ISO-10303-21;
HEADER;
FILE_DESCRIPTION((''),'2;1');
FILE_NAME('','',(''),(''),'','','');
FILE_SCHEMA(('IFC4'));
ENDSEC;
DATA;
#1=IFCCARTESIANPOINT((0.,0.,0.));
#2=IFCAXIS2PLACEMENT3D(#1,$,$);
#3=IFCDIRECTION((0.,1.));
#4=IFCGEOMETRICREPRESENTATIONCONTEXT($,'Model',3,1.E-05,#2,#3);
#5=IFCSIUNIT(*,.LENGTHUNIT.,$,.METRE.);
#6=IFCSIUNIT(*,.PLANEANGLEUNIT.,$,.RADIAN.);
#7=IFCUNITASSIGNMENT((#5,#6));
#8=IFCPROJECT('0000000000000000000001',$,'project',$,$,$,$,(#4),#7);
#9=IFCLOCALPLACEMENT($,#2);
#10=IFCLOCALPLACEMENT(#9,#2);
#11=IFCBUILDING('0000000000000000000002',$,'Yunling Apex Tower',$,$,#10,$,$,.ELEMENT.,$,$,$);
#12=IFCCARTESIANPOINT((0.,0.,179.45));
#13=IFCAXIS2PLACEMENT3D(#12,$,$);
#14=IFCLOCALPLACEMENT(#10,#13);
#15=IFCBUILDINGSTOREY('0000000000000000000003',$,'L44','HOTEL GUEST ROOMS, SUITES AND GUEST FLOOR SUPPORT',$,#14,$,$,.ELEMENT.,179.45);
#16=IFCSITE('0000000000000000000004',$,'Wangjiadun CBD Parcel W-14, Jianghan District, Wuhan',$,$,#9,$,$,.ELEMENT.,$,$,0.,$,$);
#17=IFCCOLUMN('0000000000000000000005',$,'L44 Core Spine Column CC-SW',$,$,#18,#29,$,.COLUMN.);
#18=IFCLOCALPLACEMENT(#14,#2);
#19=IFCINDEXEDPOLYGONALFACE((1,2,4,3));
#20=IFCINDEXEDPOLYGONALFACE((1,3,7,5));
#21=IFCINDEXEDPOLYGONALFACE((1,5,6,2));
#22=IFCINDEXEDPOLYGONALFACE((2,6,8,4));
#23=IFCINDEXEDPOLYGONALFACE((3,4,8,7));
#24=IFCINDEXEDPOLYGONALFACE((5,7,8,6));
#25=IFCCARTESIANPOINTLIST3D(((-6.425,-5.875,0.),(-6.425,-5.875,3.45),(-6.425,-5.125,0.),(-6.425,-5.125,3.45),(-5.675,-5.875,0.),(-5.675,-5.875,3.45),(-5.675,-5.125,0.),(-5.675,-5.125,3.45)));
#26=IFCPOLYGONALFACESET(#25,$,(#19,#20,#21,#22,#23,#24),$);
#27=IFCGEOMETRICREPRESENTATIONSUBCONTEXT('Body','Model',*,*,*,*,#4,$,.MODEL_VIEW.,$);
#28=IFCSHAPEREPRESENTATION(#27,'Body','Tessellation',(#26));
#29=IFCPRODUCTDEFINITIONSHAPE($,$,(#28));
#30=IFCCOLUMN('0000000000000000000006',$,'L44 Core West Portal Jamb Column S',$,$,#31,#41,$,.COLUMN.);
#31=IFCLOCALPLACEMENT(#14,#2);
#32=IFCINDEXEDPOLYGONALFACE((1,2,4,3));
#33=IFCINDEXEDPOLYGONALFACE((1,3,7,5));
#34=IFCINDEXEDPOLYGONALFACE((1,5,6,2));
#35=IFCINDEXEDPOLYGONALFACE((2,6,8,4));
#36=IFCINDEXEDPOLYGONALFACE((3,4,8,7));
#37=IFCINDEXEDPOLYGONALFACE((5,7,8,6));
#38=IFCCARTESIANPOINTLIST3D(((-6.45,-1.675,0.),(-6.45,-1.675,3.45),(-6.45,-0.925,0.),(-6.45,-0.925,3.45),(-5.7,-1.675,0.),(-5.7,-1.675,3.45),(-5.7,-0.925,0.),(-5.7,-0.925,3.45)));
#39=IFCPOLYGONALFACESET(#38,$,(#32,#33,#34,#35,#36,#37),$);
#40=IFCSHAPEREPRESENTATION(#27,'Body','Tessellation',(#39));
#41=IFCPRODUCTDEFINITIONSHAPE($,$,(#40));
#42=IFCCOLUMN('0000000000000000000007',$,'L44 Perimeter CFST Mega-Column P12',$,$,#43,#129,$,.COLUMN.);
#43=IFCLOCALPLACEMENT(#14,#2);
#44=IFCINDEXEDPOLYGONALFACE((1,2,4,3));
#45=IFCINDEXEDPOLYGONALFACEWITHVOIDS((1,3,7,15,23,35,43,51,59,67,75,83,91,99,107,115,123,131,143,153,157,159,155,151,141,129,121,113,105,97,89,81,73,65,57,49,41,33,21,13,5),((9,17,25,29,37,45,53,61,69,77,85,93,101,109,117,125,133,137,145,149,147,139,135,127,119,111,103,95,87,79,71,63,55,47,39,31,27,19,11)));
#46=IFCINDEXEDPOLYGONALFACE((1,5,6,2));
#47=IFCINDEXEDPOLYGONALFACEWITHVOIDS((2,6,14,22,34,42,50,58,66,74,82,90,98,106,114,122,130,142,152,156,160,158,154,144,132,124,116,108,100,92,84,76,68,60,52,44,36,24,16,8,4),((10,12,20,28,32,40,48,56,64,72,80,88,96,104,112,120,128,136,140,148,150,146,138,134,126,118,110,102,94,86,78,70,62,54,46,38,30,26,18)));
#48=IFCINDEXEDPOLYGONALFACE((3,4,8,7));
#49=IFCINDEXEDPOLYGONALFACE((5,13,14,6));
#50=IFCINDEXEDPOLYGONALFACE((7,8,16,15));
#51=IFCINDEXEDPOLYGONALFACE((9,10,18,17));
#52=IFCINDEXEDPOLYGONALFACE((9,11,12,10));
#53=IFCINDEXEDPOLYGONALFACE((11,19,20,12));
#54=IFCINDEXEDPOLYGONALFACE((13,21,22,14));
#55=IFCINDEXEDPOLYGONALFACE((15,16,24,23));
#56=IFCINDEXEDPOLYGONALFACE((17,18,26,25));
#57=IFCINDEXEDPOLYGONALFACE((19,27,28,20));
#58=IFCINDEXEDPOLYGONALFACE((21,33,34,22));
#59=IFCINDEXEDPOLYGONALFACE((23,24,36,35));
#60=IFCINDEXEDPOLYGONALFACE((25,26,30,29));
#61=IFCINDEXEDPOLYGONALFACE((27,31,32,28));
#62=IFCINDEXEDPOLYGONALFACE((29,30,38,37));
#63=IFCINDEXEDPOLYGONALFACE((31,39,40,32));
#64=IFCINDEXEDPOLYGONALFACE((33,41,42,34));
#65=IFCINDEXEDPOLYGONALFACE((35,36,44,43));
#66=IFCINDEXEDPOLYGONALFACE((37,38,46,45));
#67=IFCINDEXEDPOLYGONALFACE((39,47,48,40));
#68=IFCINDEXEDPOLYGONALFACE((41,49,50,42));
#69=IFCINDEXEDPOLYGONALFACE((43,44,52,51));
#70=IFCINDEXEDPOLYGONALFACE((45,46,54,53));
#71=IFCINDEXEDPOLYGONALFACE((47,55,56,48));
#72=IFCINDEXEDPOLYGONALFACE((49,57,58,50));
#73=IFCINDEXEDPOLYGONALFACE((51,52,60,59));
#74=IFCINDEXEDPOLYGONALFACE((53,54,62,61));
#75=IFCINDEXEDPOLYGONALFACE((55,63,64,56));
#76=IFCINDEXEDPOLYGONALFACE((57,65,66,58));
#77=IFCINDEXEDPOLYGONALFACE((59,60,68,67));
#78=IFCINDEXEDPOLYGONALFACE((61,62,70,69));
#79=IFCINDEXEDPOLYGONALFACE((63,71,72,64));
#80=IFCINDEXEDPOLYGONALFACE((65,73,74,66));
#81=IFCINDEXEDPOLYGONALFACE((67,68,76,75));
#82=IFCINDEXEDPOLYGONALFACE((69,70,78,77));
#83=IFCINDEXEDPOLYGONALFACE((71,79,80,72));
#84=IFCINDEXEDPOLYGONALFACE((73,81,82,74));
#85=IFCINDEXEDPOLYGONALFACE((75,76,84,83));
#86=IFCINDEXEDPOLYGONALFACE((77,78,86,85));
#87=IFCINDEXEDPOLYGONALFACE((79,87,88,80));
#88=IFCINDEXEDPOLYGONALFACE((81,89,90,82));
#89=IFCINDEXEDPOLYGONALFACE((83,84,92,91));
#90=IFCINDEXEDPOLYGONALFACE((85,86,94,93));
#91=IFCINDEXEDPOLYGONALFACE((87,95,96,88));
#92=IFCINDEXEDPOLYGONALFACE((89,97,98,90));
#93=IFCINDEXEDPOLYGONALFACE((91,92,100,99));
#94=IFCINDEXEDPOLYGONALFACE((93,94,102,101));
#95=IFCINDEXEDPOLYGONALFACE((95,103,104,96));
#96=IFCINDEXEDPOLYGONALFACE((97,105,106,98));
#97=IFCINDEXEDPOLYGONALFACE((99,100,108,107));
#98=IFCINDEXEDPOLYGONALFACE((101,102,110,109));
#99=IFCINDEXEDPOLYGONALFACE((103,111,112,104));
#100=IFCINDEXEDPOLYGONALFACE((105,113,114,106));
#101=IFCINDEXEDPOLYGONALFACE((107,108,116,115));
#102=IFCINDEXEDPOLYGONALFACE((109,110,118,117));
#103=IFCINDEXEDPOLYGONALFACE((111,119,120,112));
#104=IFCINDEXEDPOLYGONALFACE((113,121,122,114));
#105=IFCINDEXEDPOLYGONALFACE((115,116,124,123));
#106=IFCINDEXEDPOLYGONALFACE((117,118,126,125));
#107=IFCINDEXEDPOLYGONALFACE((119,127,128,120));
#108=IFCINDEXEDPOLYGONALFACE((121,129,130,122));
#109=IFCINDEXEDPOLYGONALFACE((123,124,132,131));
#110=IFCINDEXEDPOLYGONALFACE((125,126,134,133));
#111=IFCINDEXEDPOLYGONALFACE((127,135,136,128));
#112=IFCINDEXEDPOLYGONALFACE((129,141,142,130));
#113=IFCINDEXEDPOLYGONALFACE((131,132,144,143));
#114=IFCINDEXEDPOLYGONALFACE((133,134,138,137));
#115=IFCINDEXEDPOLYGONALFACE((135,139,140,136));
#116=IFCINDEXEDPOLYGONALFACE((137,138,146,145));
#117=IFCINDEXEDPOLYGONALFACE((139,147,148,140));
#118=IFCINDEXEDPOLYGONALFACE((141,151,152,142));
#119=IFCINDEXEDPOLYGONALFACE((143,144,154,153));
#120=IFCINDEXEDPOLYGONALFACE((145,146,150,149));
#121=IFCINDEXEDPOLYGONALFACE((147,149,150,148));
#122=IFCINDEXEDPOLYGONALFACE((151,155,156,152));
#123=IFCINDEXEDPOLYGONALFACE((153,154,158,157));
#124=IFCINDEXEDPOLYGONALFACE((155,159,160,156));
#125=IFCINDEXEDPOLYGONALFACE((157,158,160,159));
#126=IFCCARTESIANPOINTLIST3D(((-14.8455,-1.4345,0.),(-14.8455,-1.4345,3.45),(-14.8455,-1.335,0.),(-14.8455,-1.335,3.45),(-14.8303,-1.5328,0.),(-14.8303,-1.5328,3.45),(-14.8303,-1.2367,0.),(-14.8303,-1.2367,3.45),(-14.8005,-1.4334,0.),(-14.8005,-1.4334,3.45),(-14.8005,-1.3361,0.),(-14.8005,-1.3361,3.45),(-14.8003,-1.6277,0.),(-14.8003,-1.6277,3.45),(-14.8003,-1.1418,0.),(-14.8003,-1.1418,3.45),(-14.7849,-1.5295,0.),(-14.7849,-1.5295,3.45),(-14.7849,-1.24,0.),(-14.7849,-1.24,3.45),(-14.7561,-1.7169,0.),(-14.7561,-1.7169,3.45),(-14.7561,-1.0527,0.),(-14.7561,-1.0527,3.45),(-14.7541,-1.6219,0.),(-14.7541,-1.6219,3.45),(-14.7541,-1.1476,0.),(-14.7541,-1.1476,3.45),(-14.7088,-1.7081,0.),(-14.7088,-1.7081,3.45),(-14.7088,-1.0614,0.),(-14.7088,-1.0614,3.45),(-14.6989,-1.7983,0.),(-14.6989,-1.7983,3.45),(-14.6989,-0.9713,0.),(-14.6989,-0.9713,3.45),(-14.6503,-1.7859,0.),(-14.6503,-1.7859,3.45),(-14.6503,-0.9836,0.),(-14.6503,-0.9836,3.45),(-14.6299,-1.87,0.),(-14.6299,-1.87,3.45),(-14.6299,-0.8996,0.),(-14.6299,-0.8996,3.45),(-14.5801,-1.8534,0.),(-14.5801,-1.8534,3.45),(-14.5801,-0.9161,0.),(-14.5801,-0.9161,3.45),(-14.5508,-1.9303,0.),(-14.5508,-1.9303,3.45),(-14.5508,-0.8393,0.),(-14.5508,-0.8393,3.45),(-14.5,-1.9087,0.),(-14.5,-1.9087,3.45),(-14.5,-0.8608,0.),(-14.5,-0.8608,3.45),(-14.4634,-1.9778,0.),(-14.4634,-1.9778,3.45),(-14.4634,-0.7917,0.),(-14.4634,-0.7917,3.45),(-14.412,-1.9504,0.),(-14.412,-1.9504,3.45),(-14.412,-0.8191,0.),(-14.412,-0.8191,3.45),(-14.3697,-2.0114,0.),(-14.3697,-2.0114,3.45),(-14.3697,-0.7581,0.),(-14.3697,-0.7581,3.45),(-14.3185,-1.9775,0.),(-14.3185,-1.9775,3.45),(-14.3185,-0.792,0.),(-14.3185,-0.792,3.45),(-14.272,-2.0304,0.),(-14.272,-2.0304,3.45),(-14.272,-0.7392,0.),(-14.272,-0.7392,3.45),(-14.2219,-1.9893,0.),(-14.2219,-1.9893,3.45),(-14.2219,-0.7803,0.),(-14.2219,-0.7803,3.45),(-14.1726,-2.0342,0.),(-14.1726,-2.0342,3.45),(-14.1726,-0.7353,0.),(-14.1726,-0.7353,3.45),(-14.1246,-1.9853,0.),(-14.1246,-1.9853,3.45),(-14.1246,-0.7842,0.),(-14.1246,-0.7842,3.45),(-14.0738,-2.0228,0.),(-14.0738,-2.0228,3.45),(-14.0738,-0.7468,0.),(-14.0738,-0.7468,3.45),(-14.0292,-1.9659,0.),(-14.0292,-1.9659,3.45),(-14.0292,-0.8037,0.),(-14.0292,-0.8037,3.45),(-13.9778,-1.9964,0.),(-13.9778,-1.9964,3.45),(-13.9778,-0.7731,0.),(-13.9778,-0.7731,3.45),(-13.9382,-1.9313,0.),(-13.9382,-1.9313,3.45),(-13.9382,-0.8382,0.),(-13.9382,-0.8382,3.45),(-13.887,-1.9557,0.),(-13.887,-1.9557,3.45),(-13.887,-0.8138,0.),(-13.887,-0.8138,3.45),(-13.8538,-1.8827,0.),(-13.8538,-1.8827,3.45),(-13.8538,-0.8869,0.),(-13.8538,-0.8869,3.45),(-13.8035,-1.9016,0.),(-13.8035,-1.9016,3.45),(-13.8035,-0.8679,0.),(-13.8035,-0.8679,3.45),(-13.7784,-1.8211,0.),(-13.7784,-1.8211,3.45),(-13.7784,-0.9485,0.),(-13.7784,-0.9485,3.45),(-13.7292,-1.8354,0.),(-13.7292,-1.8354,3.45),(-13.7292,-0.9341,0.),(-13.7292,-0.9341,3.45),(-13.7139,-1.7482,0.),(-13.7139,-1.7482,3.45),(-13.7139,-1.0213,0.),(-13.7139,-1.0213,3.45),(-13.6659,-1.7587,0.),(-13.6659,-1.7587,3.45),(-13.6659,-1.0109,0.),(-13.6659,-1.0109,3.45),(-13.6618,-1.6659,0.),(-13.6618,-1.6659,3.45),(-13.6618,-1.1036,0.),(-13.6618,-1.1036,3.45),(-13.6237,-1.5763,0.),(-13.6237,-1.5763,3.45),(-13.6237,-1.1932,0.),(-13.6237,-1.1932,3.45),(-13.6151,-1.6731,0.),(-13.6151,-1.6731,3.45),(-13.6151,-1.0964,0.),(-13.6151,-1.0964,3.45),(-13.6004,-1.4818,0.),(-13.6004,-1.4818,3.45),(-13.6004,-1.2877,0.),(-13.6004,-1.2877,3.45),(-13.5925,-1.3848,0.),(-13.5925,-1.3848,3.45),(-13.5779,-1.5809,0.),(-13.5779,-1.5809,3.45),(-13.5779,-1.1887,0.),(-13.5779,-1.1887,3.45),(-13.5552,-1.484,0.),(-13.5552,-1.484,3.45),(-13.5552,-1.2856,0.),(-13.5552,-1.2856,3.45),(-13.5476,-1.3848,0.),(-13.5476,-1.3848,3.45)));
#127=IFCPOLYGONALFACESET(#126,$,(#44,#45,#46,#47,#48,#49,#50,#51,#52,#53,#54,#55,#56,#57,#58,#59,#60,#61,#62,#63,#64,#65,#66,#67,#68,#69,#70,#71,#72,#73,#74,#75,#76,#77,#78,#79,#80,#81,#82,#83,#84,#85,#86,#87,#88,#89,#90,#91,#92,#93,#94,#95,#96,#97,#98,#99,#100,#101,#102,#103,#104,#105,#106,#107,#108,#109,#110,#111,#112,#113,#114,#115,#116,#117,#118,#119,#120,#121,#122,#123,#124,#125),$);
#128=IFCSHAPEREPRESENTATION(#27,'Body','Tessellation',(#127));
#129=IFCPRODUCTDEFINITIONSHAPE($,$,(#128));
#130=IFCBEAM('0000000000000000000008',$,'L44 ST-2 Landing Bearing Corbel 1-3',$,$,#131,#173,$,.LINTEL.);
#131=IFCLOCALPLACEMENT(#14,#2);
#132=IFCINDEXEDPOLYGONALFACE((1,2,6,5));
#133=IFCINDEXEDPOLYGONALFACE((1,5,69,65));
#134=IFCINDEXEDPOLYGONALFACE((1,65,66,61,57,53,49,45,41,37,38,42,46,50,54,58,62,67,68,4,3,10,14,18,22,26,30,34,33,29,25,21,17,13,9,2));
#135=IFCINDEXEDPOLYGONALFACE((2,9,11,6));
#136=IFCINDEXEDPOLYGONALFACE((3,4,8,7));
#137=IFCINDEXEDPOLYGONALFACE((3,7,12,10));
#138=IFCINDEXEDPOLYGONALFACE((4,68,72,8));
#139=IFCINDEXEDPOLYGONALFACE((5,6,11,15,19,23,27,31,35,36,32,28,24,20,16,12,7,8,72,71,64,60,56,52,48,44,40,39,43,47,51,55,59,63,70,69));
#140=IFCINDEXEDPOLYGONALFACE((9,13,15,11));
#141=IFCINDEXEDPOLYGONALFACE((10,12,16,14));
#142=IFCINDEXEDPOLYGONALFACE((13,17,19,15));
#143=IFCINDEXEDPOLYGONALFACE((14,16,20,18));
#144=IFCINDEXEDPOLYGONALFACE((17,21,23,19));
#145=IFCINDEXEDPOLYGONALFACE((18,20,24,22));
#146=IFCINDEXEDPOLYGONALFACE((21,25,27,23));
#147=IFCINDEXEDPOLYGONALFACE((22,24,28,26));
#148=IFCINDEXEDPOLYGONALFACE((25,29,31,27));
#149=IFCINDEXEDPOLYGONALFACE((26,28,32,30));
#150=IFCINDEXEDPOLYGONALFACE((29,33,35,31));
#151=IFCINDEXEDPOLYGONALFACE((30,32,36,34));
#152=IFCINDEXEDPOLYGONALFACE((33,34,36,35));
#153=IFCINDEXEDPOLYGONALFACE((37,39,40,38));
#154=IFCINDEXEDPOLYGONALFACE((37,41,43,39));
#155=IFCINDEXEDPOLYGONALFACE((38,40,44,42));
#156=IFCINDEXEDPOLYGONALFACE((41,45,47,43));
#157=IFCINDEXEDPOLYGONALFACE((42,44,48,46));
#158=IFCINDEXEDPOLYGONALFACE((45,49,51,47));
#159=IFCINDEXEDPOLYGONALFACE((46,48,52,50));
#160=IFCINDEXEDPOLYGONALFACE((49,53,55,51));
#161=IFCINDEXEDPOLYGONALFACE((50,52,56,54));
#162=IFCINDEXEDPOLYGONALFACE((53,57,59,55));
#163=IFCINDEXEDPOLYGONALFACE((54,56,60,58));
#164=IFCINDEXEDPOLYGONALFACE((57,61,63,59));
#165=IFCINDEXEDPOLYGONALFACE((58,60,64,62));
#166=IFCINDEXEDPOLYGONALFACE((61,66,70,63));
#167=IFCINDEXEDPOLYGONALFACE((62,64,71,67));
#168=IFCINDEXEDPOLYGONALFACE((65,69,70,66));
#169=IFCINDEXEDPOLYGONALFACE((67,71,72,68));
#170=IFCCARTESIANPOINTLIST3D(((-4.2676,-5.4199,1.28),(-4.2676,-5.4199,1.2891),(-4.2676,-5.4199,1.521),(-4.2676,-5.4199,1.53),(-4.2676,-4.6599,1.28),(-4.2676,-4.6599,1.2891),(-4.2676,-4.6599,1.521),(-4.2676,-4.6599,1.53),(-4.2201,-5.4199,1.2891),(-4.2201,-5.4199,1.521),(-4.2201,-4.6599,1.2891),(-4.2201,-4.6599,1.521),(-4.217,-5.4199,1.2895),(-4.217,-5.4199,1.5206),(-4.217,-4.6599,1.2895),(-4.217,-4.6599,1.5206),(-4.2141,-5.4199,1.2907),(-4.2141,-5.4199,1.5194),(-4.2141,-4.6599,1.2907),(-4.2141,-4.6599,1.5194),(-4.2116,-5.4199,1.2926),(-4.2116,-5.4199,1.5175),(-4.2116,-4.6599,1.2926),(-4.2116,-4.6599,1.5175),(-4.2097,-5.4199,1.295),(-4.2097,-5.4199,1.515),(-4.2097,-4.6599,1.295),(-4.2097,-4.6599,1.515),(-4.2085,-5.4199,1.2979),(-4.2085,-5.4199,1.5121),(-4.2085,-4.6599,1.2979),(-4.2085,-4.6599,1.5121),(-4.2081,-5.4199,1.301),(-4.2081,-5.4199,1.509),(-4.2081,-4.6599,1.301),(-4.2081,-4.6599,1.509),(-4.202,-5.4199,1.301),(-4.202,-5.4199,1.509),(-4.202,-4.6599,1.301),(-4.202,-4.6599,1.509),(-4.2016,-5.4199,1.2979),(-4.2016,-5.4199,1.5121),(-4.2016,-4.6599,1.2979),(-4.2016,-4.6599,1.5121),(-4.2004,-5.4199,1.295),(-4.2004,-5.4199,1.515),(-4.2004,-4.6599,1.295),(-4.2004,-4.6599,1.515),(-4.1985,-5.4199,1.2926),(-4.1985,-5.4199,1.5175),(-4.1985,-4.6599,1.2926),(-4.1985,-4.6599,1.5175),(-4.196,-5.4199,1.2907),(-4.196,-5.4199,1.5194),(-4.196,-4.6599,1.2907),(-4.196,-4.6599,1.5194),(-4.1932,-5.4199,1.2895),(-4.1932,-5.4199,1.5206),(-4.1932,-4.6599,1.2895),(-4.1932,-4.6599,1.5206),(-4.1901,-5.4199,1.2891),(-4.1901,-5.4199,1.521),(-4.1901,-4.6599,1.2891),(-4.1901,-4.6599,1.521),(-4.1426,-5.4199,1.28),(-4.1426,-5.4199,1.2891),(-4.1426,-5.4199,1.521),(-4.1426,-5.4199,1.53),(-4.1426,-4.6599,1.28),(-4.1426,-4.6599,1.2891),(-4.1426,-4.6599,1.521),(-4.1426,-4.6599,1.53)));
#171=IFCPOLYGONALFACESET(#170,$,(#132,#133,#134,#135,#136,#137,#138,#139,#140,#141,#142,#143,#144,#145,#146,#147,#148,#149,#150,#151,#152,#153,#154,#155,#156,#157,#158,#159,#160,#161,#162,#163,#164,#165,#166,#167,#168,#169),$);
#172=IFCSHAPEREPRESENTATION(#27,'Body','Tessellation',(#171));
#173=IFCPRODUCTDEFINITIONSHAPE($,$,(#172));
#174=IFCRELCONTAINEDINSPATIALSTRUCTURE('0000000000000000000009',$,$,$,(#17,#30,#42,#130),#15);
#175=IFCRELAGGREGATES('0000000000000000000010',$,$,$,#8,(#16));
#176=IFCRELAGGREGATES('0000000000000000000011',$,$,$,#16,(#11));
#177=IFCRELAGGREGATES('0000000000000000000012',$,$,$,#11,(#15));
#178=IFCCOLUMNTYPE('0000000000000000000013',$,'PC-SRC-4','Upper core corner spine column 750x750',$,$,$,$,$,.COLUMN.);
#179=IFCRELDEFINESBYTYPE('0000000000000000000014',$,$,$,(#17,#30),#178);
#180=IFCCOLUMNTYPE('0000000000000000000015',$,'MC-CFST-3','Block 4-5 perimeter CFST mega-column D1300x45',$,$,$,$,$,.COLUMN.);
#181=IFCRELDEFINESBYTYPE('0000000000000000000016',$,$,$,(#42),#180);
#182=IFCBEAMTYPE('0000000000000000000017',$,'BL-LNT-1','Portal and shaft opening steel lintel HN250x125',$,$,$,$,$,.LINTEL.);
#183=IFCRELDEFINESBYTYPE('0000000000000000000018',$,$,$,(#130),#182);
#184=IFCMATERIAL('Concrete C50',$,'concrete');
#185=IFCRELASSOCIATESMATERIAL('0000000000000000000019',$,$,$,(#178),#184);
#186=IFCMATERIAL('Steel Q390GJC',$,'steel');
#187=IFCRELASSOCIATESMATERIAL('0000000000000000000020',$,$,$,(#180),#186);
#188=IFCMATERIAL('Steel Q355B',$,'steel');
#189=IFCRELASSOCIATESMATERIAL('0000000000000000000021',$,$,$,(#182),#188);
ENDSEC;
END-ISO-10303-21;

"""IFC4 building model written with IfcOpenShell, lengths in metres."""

from ifc_helpers import new_model, si_unit, direction, frame, origin, origin_2d, place, context, subcontext, project, spatial, rectangle, hollow_circle, i_section, extrude, source, transform, mapped, material, material_profile, profile_set, type_object, element, save


model = new_model("IFC4")

# Units and contexts
model_context = context("Model", 3, precision=1e-05, world=origin(), true_north=direction((0.0, 1.0)))
body_context = subcontext(model_context, "Body", "Model", "MODEL_VIEW")
ifc_project = project(units=[si_unit("LENGTHUNIT", "METRE"), si_unit("PLANEANGLEUNIT", "RADIAN")], contexts=[model_context])

# Site, building, storey
site_placement = place(None, origin())
site = spatial("IfcSite", under=ifc_project, at=site_placement, Name="Wangjiadun CBD Parcel W-14, Jianghan District, Wuhan", CompositionType="ELEMENT", RefElevation=0.0)
building_placement = place(site_placement, origin())
building = spatial("IfcBuilding", under=site, at=building_placement, Name="Yunling Apex Tower", CompositionType="ELEMENT")
storey_placement = place(building_placement, frame((0.0, 0.0, 179.45)))
storey = spatial("IfcBuildingStorey", under=building, at=storey_placement, Name="L44", Description="HOTEL GUEST ROOMS, SUITES AND GUEST FLOOR SUPPORT", CompositionType="ELEMENT", Elevation=179.45)

# Columns
ifc_material_1 = material(Name="Concrete C50", Category="concrete")
ifc_material_profile_1 = material_profile(ifc_material_1, rectangle(XDim=0.75, YDim=0.75, at=origin_2d()))
ifc_profile_set_1 = profile_set([ifc_material_profile_1], Name="Concrete C50")
column_type_1 = type_object("IfcColumnType", Name="PC-SRC-4", Description="Upper core corner spine column 750x750", PredefinedType="COLUMN", material=ifc_profile_set_1)
shared_shape_1 = source(origin(), body_context, "Body", "SweptSolid", [
    extrude(rectangle(XDim=0.75, YDim=0.75, at=origin_2d()), origin(), (0.0, 0.0, 1.0), 3.45),
])
for number, where, z_axis, x_axis, name in (
    (1, (-6.05, -5.5, 0.0), (0.0, 0.0, 1.0), (1.0, 0.0, 0.0), "L44 Core Spine Column CC-SW"),
    (2, (-6.075, -1.3, 0.0), (0.0, 0.0, 1.0), (1.0, 0.0, 0.0), "L44 Core West Portal Jamb Column S"),
):
    element("IfcColumn", number, at=place(storey_placement, frame(where, z_axis=z_axis, x_axis=x_axis)), inside=storey, type_object=column_type_1, Name=name, PredefinedType="COLUMN", context=body_context, shape_type="MappedRepresentation", body=[
        mapped(shared_shape_1, transform((0.0, 0.0, 0.0), scale=1.0)),
    ])
ifc_material_2 = material(Name="Steel Q390GJC", Category="steel")
ifc_material_profile_2 = material_profile(ifc_material_2, hollow_circle(Radius=0.6499, WallThickness=0.0449, at=origin_2d()))
ifc_profile_set_2 = profile_set([ifc_material_profile_2], Name="Steel Q390GJC")
column_type_2 = type_object("IfcColumnType", Name="MC-CFST-3", Description="Block 4-5 perimeter CFST mega-column D1300x45", PredefinedType="COLUMN", material=ifc_profile_set_2)
shared_shape_2 = source(origin(), body_context, "Body", "SweptSolid", [
    extrude(hollow_circle(Radius=0.6499, WallThickness=0.0449, at=origin_2d()), origin(), (0.0, 0.0, 1.0), 3.45),
])
column_placement = place(storey_placement, frame((-14.1975, -1.3848, 0.0), z_axis=(0.0, 0.0, 1.0), x_axis=(1.0, 0.0, 0.0)))
element("IfcColumn", 3, at=column_placement, inside=storey, type_object=column_type_2, Name="L44 Perimeter CFST Mega-Column P12", PredefinedType="COLUMN", context=body_context, shape_type="MappedRepresentation", body=[
    mapped(shared_shape_2, transform((0.0, 0.0, 0.0), scale=1.0)),
])

# Beam
ifc_material_3 = material(Name="Steel Q355B", Category="steel")
ifc_material_profile_3 = material_profile(ifc_material_3, i_section(OverallWidth=0.125, OverallDepth=0.25, WebThickness=0.0061, FlangeThickness=0.009, FilletRadius=0.012, at=origin_2d()))
ifc_profile_set_3 = profile_set([ifc_material_profile_3], Name="Steel Q355B")
beam_type_1 = type_object("IfcBeamType", Name="BL-LNT-1", Description="Portal and shaft opening steel lintel HN250x125", PredefinedType="LINTEL", material=ifc_profile_set_3)
shared_shape_3 = source(origin(), body_context, "Body", "SweptSolid", [
    extrude(i_section(OverallWidth=0.125, OverallDepth=0.25, WebThickness=0.0061, FlangeThickness=0.009, FilletRadius=0.012, at=origin_2d()), origin(), (0.0, 0.0, 1.0), 0.76),
])
beam_1_placement = place(storey_placement, frame((-4.2051, -5.4199, 1.405), z_axis=(0.0, 1.0, 0.0), x_axis=(-1.0, 0.0, 0.0)))
element("IfcBeam", 4, at=beam_1_placement, inside=storey, type_object=beam_type_1, Name="L44 ST-2 Landing Bearing Corbel 1-3", PredefinedType="LINTEL", context=body_context, shape_type="MappedRepresentation", body=[
    mapped(shared_shape_3, transform((0.0, 0.0, 0.0), scale=1.0)),
])

save(model, "model.ifc")
